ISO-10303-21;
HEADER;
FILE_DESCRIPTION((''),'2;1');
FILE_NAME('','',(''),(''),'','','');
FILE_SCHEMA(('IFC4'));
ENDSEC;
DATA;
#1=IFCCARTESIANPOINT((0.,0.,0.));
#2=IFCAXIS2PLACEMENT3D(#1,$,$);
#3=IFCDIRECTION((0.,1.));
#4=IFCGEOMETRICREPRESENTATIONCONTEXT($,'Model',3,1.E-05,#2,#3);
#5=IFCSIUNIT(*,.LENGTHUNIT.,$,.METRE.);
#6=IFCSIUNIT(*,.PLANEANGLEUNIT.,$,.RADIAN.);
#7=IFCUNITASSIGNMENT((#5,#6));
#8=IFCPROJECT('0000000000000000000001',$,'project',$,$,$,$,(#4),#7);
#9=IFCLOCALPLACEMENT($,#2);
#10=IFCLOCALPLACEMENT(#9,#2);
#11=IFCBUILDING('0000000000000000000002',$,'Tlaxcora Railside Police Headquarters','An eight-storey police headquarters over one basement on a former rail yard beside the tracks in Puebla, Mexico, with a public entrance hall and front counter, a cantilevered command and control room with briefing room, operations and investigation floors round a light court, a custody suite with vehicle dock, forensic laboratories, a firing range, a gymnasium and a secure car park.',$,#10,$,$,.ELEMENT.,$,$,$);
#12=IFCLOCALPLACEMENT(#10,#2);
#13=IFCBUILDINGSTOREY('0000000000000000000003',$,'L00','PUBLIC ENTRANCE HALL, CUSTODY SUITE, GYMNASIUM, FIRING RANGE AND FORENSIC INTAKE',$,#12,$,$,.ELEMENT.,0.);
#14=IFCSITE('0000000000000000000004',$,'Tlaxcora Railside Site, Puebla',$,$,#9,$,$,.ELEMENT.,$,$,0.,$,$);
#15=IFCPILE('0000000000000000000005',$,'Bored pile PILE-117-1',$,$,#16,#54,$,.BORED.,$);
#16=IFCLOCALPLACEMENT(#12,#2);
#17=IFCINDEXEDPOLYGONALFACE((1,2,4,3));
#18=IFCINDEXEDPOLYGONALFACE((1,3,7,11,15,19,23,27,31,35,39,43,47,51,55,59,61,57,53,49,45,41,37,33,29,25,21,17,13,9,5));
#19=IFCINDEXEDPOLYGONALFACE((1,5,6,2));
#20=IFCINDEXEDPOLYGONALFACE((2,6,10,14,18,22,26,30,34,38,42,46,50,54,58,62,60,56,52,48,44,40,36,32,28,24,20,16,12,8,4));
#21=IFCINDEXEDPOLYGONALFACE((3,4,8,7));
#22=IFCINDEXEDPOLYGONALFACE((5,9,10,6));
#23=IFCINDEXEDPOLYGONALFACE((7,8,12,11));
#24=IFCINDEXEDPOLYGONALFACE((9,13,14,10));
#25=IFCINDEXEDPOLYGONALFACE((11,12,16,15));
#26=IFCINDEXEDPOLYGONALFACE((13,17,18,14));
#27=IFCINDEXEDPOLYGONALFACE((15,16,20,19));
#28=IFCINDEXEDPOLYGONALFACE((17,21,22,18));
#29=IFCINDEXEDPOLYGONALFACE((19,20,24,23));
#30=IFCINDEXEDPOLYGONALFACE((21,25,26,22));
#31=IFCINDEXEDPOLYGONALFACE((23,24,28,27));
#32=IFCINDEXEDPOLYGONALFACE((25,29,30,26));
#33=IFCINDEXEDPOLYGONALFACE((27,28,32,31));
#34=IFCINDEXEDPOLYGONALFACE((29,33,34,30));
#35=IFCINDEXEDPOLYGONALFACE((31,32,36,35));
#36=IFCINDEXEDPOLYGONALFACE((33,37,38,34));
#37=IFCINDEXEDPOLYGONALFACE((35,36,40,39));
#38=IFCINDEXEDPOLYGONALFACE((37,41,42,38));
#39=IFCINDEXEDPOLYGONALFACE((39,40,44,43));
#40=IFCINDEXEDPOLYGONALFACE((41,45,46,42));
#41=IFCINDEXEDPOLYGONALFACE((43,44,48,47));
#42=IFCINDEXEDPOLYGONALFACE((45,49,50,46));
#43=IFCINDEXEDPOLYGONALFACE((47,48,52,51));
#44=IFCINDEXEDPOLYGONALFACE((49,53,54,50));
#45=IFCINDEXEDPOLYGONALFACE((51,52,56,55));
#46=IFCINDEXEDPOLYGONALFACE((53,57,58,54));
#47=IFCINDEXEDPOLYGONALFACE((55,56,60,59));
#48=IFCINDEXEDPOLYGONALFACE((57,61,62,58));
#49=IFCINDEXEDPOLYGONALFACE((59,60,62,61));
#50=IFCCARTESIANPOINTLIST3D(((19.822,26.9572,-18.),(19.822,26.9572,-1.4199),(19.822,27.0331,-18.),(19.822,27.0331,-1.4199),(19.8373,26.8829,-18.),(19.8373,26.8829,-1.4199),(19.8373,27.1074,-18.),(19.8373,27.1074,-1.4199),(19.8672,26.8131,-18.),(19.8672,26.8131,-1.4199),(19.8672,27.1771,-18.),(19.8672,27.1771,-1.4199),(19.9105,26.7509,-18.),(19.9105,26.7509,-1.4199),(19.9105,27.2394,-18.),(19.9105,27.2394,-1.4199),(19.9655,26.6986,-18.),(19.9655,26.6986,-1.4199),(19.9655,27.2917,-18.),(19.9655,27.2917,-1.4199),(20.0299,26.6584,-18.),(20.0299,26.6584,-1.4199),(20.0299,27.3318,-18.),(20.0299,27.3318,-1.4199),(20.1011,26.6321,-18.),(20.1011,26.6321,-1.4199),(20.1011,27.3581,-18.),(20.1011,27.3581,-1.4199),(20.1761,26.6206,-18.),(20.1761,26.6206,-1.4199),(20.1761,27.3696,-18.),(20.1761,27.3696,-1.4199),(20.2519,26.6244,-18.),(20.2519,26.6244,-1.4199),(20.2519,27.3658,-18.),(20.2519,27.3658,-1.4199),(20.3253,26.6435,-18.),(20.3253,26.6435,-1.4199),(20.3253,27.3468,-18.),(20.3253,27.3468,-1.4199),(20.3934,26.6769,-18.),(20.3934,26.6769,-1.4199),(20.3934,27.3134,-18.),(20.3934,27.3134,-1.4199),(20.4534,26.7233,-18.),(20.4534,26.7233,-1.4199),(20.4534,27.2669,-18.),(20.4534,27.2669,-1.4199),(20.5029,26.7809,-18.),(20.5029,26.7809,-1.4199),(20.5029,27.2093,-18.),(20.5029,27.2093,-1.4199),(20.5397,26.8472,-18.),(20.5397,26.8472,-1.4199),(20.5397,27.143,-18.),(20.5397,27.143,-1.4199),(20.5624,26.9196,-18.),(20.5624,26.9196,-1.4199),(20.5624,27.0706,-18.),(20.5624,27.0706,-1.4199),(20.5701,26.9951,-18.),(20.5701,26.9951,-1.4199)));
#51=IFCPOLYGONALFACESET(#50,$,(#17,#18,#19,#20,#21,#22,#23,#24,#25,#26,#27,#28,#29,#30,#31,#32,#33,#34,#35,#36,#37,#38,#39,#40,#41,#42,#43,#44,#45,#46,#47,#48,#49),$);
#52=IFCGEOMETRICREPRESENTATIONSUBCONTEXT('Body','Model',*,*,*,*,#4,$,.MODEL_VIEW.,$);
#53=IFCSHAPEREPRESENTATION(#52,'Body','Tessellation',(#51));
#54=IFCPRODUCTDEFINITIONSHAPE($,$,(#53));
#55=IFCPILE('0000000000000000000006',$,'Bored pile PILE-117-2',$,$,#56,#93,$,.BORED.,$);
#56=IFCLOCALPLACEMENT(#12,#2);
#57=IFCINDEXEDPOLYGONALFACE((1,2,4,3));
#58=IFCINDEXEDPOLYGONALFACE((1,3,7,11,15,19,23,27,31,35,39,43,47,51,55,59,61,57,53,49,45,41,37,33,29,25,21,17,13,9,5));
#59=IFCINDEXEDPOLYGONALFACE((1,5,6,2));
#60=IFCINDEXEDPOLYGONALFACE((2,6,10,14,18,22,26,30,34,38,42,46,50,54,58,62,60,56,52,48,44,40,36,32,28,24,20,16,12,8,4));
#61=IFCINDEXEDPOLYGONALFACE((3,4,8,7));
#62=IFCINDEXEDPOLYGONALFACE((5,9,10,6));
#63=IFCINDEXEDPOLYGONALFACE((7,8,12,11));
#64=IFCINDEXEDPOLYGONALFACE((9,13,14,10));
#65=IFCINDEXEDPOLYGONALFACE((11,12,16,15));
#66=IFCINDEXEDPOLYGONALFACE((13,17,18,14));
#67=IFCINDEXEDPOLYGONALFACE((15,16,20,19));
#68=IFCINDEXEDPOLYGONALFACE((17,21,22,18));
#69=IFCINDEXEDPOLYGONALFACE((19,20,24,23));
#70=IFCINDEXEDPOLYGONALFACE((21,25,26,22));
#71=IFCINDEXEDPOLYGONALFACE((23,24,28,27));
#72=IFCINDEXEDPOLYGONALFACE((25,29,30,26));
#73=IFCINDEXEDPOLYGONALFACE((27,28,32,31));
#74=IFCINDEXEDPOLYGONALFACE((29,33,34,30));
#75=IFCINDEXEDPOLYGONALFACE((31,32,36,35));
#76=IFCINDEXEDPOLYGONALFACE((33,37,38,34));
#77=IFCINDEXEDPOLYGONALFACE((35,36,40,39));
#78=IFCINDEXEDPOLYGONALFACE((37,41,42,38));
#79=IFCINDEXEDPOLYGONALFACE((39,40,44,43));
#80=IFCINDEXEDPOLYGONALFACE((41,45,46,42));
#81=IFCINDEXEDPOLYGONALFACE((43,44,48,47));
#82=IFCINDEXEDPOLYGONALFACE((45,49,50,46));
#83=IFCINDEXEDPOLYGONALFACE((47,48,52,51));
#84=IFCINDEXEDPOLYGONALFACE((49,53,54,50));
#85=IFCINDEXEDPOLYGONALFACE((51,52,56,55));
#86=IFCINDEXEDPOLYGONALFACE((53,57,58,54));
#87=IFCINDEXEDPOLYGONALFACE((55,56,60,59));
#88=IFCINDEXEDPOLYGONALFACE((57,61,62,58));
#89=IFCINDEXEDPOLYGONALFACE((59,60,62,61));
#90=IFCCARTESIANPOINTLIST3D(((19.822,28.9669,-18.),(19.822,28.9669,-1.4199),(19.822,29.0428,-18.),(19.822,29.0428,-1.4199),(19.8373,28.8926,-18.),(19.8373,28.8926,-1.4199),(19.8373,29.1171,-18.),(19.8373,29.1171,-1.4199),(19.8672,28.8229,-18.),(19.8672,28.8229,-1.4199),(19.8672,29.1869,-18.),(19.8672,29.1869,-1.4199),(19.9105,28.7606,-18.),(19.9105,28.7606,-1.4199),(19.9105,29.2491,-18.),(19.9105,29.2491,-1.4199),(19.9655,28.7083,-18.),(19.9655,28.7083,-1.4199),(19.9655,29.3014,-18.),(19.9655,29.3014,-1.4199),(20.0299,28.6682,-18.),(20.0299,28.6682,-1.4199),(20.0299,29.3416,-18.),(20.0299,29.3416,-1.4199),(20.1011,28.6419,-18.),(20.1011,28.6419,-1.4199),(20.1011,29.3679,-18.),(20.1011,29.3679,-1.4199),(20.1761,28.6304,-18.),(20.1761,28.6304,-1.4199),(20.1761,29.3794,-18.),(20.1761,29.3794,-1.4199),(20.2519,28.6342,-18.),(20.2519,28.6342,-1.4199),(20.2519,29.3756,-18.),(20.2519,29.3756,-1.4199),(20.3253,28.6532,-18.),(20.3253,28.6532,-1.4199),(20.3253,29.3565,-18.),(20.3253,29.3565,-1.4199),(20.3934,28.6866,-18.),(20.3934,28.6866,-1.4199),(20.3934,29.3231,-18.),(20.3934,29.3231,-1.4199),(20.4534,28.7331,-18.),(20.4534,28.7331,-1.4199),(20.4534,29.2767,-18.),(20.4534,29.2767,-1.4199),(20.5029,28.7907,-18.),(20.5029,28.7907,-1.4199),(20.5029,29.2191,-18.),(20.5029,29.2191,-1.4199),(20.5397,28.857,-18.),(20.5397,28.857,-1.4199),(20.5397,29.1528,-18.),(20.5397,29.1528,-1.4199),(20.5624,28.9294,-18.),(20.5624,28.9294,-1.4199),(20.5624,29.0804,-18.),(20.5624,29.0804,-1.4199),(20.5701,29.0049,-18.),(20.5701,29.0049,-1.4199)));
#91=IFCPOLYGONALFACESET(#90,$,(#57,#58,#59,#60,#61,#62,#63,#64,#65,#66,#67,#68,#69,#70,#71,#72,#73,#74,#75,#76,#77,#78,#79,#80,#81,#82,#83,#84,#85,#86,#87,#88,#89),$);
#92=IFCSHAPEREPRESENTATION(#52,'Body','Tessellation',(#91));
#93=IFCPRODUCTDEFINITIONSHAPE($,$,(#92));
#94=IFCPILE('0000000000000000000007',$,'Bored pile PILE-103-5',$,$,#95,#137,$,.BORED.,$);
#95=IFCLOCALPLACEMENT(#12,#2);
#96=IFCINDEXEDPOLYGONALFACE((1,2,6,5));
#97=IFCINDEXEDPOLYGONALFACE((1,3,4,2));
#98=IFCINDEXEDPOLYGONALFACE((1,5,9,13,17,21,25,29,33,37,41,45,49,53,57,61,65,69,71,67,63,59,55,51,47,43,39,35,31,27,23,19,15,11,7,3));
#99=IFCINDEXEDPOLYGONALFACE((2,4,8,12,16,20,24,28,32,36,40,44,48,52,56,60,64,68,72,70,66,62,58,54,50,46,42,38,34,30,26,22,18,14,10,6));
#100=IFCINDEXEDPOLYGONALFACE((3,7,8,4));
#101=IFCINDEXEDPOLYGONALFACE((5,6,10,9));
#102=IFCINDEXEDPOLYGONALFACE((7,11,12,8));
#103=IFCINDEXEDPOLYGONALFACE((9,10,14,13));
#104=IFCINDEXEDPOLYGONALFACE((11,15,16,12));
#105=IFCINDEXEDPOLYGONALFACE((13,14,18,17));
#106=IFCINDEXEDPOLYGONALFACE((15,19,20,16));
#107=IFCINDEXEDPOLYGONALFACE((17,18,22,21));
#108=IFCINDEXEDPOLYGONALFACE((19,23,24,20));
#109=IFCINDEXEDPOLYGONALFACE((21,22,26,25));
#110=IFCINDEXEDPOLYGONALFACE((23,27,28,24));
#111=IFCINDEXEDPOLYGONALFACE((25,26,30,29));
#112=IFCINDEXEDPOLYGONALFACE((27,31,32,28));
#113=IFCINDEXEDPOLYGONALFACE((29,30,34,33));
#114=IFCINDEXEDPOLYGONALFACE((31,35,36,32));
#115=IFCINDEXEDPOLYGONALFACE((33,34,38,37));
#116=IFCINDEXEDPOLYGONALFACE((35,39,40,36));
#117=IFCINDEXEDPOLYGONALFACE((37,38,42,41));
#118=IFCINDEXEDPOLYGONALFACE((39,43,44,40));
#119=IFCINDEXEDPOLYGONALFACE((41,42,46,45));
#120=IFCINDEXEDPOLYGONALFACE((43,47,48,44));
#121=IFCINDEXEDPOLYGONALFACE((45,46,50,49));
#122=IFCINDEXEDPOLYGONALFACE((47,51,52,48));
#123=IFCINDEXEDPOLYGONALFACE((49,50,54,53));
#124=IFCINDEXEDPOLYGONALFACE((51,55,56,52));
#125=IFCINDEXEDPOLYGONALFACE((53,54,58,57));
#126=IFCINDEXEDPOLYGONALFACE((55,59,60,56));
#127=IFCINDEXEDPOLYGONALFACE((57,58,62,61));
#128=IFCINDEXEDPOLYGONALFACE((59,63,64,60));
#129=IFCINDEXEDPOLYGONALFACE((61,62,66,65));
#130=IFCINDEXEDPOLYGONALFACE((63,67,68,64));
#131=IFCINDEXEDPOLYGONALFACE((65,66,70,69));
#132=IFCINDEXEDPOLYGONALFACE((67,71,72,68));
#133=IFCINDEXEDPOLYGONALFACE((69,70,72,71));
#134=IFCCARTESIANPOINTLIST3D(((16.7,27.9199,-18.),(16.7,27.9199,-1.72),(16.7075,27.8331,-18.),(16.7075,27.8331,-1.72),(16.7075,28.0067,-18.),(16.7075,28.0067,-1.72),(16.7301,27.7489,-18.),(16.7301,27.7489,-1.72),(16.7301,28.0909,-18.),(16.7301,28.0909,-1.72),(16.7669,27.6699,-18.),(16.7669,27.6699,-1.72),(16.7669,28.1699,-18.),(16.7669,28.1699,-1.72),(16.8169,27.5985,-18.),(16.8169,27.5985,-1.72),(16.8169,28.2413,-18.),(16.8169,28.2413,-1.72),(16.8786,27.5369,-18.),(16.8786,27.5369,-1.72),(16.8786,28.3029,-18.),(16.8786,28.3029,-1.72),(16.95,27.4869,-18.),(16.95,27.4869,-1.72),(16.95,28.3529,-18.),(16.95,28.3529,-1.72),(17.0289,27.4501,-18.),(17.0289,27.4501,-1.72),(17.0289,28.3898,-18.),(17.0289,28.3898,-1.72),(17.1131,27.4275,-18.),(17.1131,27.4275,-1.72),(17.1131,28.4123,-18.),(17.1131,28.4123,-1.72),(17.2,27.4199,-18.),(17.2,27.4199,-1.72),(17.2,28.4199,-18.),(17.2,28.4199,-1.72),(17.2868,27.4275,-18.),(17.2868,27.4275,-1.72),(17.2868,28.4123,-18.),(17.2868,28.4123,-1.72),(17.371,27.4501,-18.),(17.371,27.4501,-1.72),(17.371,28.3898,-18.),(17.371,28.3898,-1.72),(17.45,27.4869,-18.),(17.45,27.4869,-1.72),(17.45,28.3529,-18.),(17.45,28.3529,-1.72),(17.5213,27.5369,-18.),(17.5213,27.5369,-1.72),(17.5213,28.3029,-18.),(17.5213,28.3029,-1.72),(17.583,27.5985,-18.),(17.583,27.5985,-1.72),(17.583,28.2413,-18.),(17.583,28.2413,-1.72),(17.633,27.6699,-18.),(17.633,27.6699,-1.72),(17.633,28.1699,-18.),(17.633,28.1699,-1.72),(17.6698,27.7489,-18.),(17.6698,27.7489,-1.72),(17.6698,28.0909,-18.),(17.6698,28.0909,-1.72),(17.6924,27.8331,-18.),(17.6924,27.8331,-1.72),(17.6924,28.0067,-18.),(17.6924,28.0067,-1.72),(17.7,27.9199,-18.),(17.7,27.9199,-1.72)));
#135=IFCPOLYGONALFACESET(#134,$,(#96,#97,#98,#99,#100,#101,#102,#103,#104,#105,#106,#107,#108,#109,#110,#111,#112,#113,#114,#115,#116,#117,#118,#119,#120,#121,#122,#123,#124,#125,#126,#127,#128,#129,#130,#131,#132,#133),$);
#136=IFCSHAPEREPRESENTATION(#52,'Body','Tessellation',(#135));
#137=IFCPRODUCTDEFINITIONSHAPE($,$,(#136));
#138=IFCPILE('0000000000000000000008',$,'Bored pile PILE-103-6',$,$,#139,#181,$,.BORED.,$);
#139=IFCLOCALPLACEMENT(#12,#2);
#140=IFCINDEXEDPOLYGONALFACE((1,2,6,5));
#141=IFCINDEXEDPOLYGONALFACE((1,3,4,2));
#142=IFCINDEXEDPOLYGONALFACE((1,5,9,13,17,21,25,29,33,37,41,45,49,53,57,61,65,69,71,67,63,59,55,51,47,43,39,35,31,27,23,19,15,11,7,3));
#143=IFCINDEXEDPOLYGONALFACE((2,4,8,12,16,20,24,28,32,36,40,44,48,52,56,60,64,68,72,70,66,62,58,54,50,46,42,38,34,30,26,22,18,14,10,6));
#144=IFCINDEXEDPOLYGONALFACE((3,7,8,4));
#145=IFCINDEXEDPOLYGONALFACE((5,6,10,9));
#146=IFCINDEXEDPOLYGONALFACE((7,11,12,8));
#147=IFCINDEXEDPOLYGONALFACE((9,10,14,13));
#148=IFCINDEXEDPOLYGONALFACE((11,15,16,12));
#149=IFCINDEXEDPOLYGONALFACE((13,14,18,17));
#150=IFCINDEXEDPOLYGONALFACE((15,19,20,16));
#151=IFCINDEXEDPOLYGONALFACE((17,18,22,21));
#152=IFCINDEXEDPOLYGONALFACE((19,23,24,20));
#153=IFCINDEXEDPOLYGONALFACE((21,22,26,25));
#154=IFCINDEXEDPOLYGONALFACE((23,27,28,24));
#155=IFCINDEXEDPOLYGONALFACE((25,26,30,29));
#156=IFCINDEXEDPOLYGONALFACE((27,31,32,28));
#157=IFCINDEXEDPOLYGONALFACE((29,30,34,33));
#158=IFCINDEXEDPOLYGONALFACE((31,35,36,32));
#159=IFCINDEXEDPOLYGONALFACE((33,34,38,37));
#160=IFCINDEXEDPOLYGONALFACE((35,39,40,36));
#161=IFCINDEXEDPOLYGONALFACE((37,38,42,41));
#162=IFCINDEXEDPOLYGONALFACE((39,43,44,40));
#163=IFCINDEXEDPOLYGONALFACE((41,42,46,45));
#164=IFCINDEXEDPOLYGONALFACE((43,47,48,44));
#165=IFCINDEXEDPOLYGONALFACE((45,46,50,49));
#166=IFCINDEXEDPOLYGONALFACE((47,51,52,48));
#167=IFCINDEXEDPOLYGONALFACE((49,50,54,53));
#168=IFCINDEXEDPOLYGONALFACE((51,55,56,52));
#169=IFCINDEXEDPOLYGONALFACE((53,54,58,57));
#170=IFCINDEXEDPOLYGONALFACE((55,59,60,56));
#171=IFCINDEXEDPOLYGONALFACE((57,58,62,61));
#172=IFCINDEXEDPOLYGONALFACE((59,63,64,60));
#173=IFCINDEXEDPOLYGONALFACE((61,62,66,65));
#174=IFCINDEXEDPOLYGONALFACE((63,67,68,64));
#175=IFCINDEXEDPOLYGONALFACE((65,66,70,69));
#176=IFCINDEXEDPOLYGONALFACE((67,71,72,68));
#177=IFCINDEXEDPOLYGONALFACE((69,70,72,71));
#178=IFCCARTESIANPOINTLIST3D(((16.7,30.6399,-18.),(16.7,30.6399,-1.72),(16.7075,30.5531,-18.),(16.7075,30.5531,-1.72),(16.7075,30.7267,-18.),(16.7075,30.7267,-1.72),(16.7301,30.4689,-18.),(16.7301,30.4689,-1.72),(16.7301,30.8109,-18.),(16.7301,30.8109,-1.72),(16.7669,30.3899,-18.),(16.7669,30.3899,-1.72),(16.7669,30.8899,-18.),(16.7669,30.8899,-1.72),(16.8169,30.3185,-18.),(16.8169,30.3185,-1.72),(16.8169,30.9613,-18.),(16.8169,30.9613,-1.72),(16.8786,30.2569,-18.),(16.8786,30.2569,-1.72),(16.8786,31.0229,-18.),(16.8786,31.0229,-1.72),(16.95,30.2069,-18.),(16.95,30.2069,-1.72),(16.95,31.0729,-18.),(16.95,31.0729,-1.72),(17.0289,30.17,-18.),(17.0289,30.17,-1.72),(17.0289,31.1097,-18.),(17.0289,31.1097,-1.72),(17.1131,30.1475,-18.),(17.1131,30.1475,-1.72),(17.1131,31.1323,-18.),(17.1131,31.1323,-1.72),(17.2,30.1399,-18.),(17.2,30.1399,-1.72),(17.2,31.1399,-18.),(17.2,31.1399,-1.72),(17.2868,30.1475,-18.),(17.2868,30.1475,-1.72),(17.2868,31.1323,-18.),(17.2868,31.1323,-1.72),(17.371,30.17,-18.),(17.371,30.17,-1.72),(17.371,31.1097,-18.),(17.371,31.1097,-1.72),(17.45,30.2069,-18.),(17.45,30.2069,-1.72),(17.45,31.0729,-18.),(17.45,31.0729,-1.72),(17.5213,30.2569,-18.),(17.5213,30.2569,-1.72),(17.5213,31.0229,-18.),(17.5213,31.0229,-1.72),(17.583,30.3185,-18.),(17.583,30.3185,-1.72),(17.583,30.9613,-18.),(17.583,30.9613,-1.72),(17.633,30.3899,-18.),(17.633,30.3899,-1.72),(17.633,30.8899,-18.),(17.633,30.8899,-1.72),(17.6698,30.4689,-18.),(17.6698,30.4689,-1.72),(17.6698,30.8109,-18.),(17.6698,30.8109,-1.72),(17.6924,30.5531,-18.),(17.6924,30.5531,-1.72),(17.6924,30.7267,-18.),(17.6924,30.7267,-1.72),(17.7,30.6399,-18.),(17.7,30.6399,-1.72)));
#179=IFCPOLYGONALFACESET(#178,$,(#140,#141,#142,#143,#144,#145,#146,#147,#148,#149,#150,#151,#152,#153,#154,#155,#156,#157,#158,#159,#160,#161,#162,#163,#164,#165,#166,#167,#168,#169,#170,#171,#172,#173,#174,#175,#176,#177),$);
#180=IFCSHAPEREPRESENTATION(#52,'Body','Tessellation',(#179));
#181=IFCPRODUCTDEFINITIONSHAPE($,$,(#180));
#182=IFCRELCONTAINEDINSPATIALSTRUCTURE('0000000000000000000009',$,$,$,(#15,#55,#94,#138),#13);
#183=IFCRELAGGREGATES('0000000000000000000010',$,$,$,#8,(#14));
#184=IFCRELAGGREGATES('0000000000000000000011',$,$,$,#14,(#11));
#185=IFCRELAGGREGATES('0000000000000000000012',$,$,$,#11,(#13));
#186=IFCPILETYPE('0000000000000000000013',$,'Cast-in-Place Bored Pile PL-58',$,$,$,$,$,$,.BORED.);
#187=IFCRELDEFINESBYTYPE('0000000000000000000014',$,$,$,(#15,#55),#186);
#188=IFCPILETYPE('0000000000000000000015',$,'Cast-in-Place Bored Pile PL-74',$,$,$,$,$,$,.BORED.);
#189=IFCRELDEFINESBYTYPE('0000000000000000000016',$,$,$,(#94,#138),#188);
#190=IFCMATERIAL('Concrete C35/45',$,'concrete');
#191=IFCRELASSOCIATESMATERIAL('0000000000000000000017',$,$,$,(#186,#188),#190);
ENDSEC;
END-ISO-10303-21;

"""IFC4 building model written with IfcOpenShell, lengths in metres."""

from ifc_helpers import new_model, si_unit, direction, frame, origin, origin_2d, place, context, subcontext, project, spatial, circle, extrude, material, material_profile, profile_set, type_object, element, save


model = new_model("IFC4")

# Units and contexts
model_context = context("Model", 3, precision=1e-05, world=origin(), true_north=direction((0.0, 1.0)))
body_context = subcontext(model_context, "Body", "Model", "MODEL_VIEW")
ifc_project = project(units=[si_unit("LENGTHUNIT", "METRE"), si_unit("PLANEANGLEUNIT", "RADIAN")], contexts=[model_context])

# Site, building, storey
site_placement = place(None, origin())
site = spatial("IfcSite", under=ifc_project, at=site_placement, Name="Tlaxcora Railside Site, Puebla", CompositionType="ELEMENT", RefElevation=0.0)
building_placement = place(site_placement, origin())
building = spatial("IfcBuilding", under=site, at=building_placement, Name="Tlaxcora Railside Police Headquarters", Description="An eight-storey police headquarters over one basement on a former rail yard beside the tracks in Puebla, Mexico, with a public entrance hall and front counter, a cantilevered command and control room with briefing room, operations and investigation floors round a light court, a custody suite with vehicle dock, forensic laboratories, a firing range, a gymnasium and a secure car park.", CompositionType="ELEMENT")
storey_placement = place(building_placement, origin())
storey = spatial("IfcBuildingStorey", under=building, at=storey_placement, Name="L00", Description="PUBLIC ENTRANCE HALL, CUSTODY SUITE, GYMNASIUM, FIRING RANGE AND FORENSIC INTAKE", CompositionType="ELEMENT", Elevation=0.0)

# Piles
ifc_material_1 = material(Name="Concrete C35/45", Category="concrete")
ifc_material_profile_1 = material_profile(ifc_material_1, circle(Radius=0.375, at=origin_2d()), Name="PILE750")
ifc_profile_set_1 = profile_set([ifc_material_profile_1], Name="Concrete C35/45")
pile_type_1 = type_object("IfcPileType", Name="Cast-in-Place Bored Pile PL-58", PredefinedType="BORED", material=ifc_profile_set_1)
for number, where, z_axis, x_axis, name in (
    (1, (20.1951, 26.9951, -1.4199), (0.0, 0.0, -1.0), (1.0, 0.0, 0.0), "Bored pile PILE-117-1"),
    (2, (20.1951, 29.0049, -1.4199), (0.0, 0.0, -1.0), (1.0, 0.0, 0.0), "Bored pile PILE-117-2"),
):
    element("IfcPile", number, at=place(storey_placement, frame(where, z_axis=z_axis, x_axis=x_axis)), inside=storey, type_object=pile_type_1, Name=name, PredefinedType="BORED", context=body_context, shape_type="SweptSolid", body=[
        extrude(circle(Radius=0.375, at=origin_2d()), origin(), (0.0, 0.0, 1.0), 16.5801),
    ])
ifc_material_profile_2 = material_profile(ifc_material_1, circle(Radius=0.5, at=origin_2d()), Name="PILE1000")
ifc_profile_set_2 = profile_set([ifc_material_profile_2], Name="Concrete C35/45")
pile_type_2 = type_object("IfcPileType", Name="Cast-in-Place Bored Pile PL-74", PredefinedType="BORED", material=ifc_profile_set_2)
for number, where, z_axis, x_axis, name in (
    (3, (17.2, 27.9199, -1.72), (0.0, 0.0, -1.0), (1.0, 0.0, 0.0), "Bored pile PILE-103-5"),
    (4, (17.2, 30.6399, -1.72), (0.0, 0.0, -1.0), (1.0, 0.0, 0.0), "Bored pile PILE-103-6"),
):
    element("IfcPile", number, at=place(storey_placement, frame(where, z_axis=z_axis, x_axis=x_axis)), inside=storey, type_object=pile_type_2, Name=name, PredefinedType="BORED", context=body_context, shape_type="SweptSolid", body=[
        extrude(circle(Radius=0.5, at=origin_2d()), origin(), (0.0, 0.0, 1.0), 16.28),
    ])

save(model, "model.ifc")
